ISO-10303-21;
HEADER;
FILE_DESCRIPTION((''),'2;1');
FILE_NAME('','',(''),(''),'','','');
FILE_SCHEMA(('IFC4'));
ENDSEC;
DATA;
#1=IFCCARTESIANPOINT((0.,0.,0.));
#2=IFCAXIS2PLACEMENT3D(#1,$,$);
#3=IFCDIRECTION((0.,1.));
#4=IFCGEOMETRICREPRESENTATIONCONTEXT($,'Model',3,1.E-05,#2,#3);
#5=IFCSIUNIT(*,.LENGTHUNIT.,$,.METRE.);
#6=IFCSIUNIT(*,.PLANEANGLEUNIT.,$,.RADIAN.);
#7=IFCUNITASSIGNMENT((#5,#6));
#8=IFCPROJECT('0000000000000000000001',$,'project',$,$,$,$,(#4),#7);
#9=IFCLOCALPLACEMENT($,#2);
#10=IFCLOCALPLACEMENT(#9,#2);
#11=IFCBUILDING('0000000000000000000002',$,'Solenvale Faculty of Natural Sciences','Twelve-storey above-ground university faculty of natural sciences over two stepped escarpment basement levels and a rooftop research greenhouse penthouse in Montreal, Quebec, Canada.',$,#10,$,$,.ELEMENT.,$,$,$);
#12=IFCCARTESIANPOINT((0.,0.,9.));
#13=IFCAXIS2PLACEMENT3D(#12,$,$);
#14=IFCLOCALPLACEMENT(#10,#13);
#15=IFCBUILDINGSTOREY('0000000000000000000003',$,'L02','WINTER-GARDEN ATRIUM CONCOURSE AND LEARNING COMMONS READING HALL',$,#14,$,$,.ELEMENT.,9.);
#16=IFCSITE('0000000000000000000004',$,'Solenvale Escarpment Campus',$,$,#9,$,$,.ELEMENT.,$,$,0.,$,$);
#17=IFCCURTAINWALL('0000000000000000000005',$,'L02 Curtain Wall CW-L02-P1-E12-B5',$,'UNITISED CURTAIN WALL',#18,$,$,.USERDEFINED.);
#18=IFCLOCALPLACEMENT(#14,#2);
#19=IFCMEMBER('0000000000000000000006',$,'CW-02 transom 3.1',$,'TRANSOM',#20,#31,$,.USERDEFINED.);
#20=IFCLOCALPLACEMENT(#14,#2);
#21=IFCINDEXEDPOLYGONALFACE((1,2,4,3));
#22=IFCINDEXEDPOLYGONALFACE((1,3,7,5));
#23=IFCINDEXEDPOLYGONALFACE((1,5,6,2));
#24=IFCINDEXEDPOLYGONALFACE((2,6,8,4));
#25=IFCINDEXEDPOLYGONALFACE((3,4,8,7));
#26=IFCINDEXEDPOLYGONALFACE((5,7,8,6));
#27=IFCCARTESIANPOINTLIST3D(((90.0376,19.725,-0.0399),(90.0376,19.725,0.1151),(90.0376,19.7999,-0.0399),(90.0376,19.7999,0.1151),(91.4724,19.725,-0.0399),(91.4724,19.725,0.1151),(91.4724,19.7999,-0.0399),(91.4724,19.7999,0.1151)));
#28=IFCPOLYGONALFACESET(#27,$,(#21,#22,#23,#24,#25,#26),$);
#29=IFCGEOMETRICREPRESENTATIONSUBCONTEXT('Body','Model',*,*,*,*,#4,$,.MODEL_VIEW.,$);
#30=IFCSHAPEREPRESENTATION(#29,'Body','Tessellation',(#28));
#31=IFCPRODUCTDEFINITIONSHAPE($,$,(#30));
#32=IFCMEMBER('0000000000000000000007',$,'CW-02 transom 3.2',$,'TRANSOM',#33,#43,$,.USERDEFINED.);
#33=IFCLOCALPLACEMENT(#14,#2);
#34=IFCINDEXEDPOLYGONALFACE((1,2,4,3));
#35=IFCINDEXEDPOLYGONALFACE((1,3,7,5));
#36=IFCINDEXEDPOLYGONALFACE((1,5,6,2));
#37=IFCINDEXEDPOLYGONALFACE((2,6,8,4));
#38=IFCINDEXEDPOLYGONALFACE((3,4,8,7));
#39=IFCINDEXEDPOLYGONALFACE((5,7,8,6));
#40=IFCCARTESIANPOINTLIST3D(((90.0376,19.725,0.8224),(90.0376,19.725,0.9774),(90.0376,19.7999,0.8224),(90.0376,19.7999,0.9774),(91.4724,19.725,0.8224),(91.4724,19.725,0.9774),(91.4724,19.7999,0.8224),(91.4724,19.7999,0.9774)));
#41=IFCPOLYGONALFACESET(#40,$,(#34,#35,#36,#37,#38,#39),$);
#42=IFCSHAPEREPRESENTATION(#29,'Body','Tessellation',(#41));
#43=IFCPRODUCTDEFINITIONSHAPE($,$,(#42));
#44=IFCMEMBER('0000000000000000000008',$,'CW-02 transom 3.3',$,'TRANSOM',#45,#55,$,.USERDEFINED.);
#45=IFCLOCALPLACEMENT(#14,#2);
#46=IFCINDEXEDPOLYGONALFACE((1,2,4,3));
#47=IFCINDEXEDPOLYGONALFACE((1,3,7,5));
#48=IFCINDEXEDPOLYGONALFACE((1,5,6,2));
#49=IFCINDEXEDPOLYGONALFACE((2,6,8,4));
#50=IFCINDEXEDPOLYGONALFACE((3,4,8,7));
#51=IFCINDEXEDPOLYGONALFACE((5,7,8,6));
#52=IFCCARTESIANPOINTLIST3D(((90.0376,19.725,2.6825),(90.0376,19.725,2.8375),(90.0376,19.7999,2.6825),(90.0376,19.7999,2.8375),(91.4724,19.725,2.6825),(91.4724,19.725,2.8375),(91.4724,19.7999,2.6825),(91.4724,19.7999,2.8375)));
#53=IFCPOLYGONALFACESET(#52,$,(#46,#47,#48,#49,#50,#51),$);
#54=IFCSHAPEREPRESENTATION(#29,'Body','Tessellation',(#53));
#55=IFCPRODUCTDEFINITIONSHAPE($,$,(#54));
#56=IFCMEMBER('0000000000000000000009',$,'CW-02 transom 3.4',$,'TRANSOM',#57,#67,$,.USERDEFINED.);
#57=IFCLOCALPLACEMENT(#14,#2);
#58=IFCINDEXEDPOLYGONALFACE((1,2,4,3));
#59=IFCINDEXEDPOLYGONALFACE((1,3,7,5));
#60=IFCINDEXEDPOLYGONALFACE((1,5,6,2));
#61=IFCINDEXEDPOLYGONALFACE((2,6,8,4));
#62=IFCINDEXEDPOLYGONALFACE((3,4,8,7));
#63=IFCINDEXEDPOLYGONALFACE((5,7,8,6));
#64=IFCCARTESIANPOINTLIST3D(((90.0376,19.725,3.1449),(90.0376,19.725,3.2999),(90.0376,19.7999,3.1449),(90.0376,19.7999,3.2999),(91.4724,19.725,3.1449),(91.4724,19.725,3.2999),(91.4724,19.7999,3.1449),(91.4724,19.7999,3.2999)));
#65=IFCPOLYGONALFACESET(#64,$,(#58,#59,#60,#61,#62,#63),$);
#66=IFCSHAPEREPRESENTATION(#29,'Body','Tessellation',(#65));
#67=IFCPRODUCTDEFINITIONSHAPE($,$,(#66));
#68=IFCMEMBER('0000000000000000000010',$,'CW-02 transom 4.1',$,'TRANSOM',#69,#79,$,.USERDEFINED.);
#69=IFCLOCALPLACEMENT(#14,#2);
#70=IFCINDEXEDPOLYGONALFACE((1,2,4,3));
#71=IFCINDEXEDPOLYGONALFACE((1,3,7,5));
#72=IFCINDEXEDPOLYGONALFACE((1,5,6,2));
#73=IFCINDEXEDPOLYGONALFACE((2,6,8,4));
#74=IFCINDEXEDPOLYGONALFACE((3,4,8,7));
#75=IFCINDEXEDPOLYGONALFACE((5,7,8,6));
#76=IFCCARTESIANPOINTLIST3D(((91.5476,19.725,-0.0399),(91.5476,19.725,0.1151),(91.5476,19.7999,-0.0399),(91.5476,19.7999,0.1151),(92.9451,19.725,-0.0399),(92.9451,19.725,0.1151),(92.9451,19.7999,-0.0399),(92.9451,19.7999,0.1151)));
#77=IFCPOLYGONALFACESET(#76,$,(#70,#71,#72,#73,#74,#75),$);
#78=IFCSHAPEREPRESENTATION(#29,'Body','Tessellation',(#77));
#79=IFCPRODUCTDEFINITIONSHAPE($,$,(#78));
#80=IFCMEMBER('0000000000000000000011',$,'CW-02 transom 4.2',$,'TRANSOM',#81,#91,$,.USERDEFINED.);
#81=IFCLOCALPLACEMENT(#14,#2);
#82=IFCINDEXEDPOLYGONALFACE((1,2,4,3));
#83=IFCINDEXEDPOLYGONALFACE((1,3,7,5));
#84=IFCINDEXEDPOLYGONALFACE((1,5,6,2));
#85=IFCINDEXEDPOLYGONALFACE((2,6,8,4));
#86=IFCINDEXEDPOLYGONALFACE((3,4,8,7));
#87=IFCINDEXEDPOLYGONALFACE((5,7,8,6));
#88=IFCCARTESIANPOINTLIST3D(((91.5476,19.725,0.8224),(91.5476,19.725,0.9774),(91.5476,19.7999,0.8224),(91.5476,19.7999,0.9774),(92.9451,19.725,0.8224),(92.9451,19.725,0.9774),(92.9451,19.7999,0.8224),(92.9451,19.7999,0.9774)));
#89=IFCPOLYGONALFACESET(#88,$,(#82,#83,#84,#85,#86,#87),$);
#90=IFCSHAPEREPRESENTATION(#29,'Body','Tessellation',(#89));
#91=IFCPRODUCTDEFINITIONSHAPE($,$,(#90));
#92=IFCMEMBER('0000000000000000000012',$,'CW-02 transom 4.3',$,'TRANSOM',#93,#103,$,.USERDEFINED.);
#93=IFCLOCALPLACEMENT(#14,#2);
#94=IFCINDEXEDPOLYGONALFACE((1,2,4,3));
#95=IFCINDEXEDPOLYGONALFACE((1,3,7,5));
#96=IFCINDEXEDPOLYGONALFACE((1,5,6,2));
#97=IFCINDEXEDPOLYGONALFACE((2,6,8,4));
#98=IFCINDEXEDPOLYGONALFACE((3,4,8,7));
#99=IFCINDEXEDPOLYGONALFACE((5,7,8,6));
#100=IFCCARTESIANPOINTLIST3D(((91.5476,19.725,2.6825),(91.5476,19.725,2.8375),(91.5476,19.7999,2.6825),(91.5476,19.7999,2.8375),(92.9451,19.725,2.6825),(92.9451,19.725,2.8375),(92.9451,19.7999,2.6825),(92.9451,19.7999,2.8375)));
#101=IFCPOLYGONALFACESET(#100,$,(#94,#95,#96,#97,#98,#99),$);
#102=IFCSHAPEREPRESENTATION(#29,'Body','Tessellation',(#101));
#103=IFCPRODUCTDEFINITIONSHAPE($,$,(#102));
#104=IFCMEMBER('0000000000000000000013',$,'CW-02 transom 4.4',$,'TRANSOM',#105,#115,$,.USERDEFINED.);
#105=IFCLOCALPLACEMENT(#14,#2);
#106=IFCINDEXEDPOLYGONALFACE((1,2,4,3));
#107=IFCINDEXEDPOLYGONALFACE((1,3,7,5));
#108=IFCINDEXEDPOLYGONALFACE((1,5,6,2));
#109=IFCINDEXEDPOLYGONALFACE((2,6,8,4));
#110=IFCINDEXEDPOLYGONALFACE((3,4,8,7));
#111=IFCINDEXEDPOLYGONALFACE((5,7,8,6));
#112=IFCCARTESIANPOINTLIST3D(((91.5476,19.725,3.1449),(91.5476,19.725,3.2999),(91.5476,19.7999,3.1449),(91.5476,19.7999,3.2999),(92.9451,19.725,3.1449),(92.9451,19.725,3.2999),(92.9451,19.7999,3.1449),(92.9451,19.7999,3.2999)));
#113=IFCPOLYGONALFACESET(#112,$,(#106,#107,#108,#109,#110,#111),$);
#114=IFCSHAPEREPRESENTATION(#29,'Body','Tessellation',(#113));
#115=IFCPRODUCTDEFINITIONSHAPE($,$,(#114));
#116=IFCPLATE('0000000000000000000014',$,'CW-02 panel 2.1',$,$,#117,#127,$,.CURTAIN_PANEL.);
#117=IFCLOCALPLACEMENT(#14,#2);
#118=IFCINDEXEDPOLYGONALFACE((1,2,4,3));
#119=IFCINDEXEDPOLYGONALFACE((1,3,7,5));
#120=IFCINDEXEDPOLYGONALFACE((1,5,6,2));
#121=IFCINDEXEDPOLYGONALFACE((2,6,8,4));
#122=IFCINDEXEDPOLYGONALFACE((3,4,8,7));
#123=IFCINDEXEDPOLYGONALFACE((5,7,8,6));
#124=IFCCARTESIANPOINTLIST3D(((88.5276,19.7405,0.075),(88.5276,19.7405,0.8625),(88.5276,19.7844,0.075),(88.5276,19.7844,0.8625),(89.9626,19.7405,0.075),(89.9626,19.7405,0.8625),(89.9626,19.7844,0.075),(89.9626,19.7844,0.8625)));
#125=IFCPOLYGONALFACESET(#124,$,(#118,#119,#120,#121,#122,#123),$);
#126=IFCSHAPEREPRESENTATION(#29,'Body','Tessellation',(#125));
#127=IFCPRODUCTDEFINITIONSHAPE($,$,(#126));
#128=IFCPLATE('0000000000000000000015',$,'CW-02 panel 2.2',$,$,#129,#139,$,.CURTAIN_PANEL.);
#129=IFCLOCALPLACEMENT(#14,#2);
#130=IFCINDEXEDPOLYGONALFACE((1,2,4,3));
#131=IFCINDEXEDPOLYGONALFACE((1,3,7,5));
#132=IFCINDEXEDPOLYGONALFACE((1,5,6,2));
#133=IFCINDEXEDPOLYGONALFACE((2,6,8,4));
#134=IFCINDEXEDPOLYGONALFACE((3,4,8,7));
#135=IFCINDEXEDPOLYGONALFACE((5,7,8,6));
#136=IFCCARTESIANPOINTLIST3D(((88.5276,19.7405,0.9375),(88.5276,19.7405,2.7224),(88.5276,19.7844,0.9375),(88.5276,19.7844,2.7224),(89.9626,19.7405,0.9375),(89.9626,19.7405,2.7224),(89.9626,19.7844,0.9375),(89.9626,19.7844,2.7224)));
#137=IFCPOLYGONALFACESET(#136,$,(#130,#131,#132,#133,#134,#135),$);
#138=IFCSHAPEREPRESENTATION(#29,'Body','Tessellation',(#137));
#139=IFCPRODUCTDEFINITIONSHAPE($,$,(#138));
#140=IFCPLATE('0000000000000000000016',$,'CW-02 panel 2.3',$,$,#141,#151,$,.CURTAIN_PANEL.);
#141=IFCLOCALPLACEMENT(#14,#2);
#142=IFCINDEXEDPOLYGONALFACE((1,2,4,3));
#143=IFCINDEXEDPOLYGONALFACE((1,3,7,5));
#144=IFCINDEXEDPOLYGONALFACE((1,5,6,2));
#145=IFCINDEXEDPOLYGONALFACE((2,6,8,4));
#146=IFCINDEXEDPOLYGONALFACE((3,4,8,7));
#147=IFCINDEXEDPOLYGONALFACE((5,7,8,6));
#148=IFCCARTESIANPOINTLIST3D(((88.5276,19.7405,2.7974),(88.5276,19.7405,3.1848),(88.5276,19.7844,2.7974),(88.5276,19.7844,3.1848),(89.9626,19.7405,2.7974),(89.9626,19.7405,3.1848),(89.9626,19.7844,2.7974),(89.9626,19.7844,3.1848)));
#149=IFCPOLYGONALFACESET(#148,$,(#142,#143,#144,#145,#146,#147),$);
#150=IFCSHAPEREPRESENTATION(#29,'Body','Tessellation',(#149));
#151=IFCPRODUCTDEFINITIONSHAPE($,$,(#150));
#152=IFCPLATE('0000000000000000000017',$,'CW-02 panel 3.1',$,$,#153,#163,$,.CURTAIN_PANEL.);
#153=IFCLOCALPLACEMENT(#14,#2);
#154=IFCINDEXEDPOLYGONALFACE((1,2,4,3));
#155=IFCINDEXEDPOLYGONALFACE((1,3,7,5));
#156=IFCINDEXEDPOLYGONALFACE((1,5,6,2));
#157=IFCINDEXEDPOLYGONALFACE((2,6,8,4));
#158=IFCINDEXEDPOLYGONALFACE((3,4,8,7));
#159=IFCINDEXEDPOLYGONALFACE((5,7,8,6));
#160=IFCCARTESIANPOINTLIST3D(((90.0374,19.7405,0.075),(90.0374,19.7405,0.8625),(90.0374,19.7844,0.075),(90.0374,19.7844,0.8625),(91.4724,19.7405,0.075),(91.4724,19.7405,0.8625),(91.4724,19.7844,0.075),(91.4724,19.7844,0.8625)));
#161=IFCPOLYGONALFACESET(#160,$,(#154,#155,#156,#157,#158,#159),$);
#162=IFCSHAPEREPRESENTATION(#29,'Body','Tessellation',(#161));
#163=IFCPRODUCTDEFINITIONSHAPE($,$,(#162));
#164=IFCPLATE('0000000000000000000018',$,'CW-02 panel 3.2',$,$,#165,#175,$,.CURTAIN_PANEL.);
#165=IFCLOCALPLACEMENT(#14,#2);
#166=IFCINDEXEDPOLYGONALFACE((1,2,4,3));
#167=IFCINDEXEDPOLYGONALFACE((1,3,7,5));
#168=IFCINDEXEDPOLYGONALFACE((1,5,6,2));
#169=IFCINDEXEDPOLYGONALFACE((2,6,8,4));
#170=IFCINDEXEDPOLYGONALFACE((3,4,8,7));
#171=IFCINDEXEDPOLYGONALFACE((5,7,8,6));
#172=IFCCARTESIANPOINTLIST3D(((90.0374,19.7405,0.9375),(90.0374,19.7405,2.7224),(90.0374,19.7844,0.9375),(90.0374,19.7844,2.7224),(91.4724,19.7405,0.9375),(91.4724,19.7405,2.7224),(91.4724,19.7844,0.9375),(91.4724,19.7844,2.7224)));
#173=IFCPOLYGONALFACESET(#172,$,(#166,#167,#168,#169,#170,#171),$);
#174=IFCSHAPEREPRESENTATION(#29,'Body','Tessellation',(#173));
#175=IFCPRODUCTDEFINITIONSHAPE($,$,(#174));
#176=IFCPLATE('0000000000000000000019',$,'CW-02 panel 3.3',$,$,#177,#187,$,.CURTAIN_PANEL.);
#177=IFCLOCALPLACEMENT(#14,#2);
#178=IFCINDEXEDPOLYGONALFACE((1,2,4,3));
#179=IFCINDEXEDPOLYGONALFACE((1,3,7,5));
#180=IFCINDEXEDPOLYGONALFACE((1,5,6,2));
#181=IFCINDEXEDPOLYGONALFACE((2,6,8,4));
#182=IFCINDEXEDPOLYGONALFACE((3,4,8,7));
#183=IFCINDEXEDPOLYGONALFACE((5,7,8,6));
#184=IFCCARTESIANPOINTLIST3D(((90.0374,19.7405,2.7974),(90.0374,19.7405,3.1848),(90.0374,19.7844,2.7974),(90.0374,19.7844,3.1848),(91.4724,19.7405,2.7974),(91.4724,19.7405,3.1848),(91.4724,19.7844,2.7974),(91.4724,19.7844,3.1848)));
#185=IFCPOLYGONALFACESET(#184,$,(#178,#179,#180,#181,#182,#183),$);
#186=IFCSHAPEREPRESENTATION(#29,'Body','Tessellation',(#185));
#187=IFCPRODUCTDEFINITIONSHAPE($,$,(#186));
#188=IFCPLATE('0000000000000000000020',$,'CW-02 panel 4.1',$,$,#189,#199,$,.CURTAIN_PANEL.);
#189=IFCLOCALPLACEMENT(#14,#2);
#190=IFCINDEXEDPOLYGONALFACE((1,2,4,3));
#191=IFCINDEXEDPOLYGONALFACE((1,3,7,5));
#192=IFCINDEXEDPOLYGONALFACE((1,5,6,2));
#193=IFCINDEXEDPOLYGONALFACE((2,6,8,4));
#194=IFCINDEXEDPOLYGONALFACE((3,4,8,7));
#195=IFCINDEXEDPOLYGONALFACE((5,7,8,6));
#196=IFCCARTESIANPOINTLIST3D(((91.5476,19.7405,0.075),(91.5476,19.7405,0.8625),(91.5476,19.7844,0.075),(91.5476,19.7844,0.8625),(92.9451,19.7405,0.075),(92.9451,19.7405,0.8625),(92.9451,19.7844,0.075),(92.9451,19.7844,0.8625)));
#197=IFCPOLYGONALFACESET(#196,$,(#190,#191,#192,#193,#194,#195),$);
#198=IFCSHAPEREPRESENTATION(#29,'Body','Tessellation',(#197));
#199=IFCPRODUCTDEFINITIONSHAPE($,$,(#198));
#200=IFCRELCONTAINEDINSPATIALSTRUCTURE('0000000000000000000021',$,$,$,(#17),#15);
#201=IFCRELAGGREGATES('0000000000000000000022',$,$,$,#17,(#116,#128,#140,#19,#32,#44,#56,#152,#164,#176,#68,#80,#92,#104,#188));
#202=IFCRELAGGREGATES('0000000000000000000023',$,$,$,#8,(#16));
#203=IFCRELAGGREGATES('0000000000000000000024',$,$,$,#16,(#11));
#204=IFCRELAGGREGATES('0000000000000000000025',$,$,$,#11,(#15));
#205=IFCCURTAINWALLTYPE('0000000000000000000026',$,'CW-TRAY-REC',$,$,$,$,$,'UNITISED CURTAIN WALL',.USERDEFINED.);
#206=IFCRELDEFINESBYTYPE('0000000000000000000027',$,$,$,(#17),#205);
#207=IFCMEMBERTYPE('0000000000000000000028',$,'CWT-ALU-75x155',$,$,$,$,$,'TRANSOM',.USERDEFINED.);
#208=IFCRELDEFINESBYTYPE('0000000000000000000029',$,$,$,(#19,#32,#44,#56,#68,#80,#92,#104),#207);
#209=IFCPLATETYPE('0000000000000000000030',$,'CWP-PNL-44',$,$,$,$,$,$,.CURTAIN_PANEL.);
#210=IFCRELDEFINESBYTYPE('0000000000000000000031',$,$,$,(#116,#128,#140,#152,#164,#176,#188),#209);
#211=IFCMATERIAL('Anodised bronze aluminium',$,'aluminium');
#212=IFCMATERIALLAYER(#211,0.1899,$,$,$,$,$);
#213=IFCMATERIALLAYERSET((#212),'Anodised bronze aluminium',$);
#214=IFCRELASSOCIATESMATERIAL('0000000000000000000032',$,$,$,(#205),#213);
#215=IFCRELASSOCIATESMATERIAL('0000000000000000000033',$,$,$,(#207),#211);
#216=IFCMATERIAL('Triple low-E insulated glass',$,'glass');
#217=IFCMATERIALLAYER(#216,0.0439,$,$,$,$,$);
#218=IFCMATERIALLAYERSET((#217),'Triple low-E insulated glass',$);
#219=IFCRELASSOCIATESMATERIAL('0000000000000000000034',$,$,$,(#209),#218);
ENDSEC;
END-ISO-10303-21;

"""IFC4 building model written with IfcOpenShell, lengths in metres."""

from ifc_helpers import new_model, si_unit, direction, frame, origin, origin_2d, place, context, subcontext, project, spatial, rectangle, extrude, material, layer, layer_set, material_profile, profile_set, type_object, element, aggregate, save


model = new_model("IFC4")

# Units and contexts
model_context = context("Model", 3, precision=1e-05, world=origin(), true_north=direction((0.0, 1.0)))
body_context = subcontext(model_context, "Body", "Model", "MODEL_VIEW")
ifc_project = project(units=[si_unit("LENGTHUNIT", "METRE"), si_unit("PLANEANGLEUNIT", "RADIAN")], contexts=[model_context])

# Site, building, storey
site_placement = place(None, origin())
site = spatial("IfcSite", under=ifc_project, at=site_placement, Name="Solenvale Escarpment Campus", CompositionType="ELEMENT", RefElevation=0.0)
building_placement = place(site_placement, origin())
building = spatial("IfcBuilding", under=site, at=building_placement, Name="Solenvale Faculty of Natural Sciences", Description="Twelve-storey above-ground university faculty of natural sciences over two stepped escarpment basement levels and a rooftop research greenhouse penthouse in Montreal, Quebec, Canada.", CompositionType="ELEMENT")
storey_placement = place(building_placement, frame((0.0, 0.0, 9.0)))
storey = spatial("IfcBuildingStorey", under=building, at=storey_placement, Name="L02", Description="WINTER-GARDEN ATRIUM CONCOURSE AND LEARNING COMMONS READING HALL", CompositionType="ELEMENT", Elevation=9.0)

# Curtain wall
ifc_material_1 = material(Name="Anodised bronze aluminium", Category="aluminium")
ifc_layer_1 = layer(ifc_material_1, 0.1899)
ifc_layer_set_1 = layer_set([ifc_layer_1], Name="Anodised bronze aluminium")
curtain_wall_type = type_object("IfcCurtainWallType", Name="CW-TRAY-REC", ElementType="UNITISED CURTAIN WALL", PredefinedType="USERDEFINED", material=ifc_layer_set_1)
curtain_wall_1_placement = place(storey_placement, origin())
curtain_wall_1 = element("IfcCurtainWall", 1, at=curtain_wall_1_placement, inside=storey, type_object=curtain_wall_type, Name="L02 Curtain Wall CW-L02-P1-E12-B5", ObjectType="UNITISED CURTAIN WALL", PredefinedType="USERDEFINED")

# Members
ifc_material_profile_1 = material_profile(ifc_material_1, rectangle(XDim=0.075, YDim=0.155, at=origin_2d()), Name="ALU-TRN-75x155")
ifc_profile_set_1 = profile_set([ifc_material_profile_1], Name="Anodised bronze aluminium")
member_type_1 = type_object("IfcMemberType", Name="CWT-ALU-75x155", ElementType="TRANSOM", PredefinedType="USERDEFINED", material=ifc_profile_set_1)
member_1_placement = place(storey_placement, frame((90.0376, 19.7625, 0.0376), z_axis=(1.0, 0.0, 0.0), x_axis=(0.0, 1.0, 0.0)))
member_1 = element("IfcMember", 2, at=member_1_placement, type_object=member_type_1, Name="CW-02 transom 3.1", ObjectType="TRANSOM", PredefinedType="USERDEFINED", context=body_context, shape_type="SweptSolid", body=[
    extrude(rectangle(XDim=0.075, YDim=0.155, at=origin_2d()), origin(), (0.0, 0.0, 1.0), 1.4348),
])
member_2_placement = place(storey_placement, frame((90.0376, 19.7625, 0.8999), z_axis=(1.0, 0.0, 0.0), x_axis=(0.0, 1.0, 0.0)))
member_2 = element("IfcMember", 3, at=member_2_placement, type_object=member_type_1, Name="CW-02 transom 3.2", ObjectType="TRANSOM", PredefinedType="USERDEFINED", context=body_context, shape_type="SweptSolid", body=[
    extrude(rectangle(XDim=0.075, YDim=0.155, at=origin_2d()), origin(), (0.0, 0.0, 1.0), 1.4348),
])
member_3_placement = place(storey_placement, frame((90.0376, 19.7625, 2.76), z_axis=(1.0, 0.0, 0.0), x_axis=(0.0, 1.0, 0.0)))
member_3 = element("IfcMember", 4, at=member_3_placement, type_object=member_type_1, Name="CW-02 transom 3.3", ObjectType="TRANSOM", PredefinedType="USERDEFINED", context=body_context, shape_type="SweptSolid", body=[
    extrude(rectangle(XDim=0.075, YDim=0.155, at=origin_2d()), origin(), (0.0, 0.0, 1.0), 1.4348),
])
member_4_placement = place(storey_placement, frame((90.0376, 19.7625, 3.2224), z_axis=(1.0, 0.0, 0.0), x_axis=(0.0, 1.0, 0.0)))
member_4 = element("IfcMember", 5, at=member_4_placement, type_object=member_type_1, Name="CW-02 transom 3.4", ObjectType="TRANSOM", PredefinedType="USERDEFINED", context=body_context, shape_type="SweptSolid", body=[
    extrude(rectangle(XDim=0.075, YDim=0.155, at=origin_2d()), origin(), (0.0, 0.0, 1.0), 1.4348),
])
member_5_placement = place(storey_placement, frame((91.5476, 19.7625, 0.0376), z_axis=(1.0, 0.0, 0.0), x_axis=(0.0, 1.0, 0.0)))
member_5 = element("IfcMember", 6, at=member_5_placement, type_object=member_type_1, Name="CW-02 transom 4.1", ObjectType="TRANSOM", PredefinedType="USERDEFINED", context=body_context, shape_type="SweptSolid", body=[
    extrude(rectangle(XDim=0.075, YDim=0.155, at=origin_2d()), origin(), (0.0, 0.0, 1.0), 1.3975),
])
member_6_placement = place(storey_placement, frame((91.5476, 19.7625, 0.8999), z_axis=(1.0, 0.0, 0.0), x_axis=(0.0, 1.0, 0.0)))
member_6 = element("IfcMember", 7, at=member_6_placement, type_object=member_type_1, Name="CW-02 transom 4.2", ObjectType="TRANSOM", PredefinedType="USERDEFINED", context=body_context, shape_type="SweptSolid", body=[
    extrude(rectangle(XDim=0.075, YDim=0.155, at=origin_2d()), origin(), (0.0, 0.0, 1.0), 1.3975),
])
member_7_placement = place(storey_placement, frame((91.5476, 19.7625, 2.76), z_axis=(1.0, 0.0, 0.0), x_axis=(0.0, 1.0, 0.0)))
member_7 = element("IfcMember", 8, at=member_7_placement, type_object=member_type_1, Name="CW-02 transom 4.3", ObjectType="TRANSOM", PredefinedType="USERDEFINED", context=body_context, shape_type="SweptSolid", body=[
    extrude(rectangle(XDim=0.075, YDim=0.155, at=origin_2d()), origin(), (0.0, 0.0, 1.0), 1.3975),
])
member_8_placement = place(storey_placement, frame((91.5476, 19.7625, 3.2224), z_axis=(1.0, 0.0, 0.0), x_axis=(0.0, 1.0, 0.0)))
member_8 = element("IfcMember", 9, at=member_8_placement, type_object=member_type_1, Name="CW-02 transom 4.4", ObjectType="TRANSOM", PredefinedType="USERDEFINED", context=body_context, shape_type="SweptSolid", body=[
    extrude(rectangle(XDim=0.075, YDim=0.155, at=origin_2d()), origin(), (0.0, 0.0, 1.0), 1.3975),
])

# Plates
ifc_material_2 = material(Name="Triple low-E insulated glass", Category="glass")
ifc_layer_2 = layer(ifc_material_2, 0.0439)
ifc_layer_set_2 = layer_set([ifc_layer_2], Name="Triple low-E insulated glass")
plate_type = type_object("IfcPlateType", Name="CWP-PNL-44", PredefinedType="CURTAIN_PANEL", material=ifc_layer_set_2)
plate_1_placement = place(storey_placement, frame((89.2451, 19.7625, 0.075), z_axis=(0.0, 0.0, 1.0), x_axis=(1.0, 0.0, 0.0)))
plate_1 = element("IfcPlate", 10, at=plate_1_placement, type_object=plate_type, Name="CW-02 panel 2.1", PredefinedType="CURTAIN_PANEL", context=body_context, shape_type="SweptSolid", body=[
    extrude(rectangle(XDim=1.4351, YDim=0.0439, at=origin_2d()), origin(), (0.0, 0.0, 1.0), 0.7876),
])
plate_2_placement = place(storey_placement, frame((89.2451, 19.7625, 0.9375), z_axis=(0.0, 0.0, 1.0), x_axis=(1.0, 0.0, 0.0)))
plate_2 = element("IfcPlate", 11, at=plate_2_placement, type_object=plate_type, Name="CW-02 panel 2.2", PredefinedType="CURTAIN_PANEL", context=body_context, shape_type="SweptSolid", body=[
    extrude(rectangle(XDim=1.4351, YDim=0.0439, at=origin_2d()), origin(), (0.0, 0.0, 1.0), 1.7849),
])
plate_3_placement = place(storey_placement, frame((89.2451, 19.7625, 2.7974), z_axis=(0.0, 0.0, 1.0), x_axis=(1.0, 0.0, 0.0)))
plate_3 = element("IfcPlate", 12, at=plate_3_placement, type_object=plate_type, Name="CW-02 panel 2.3", PredefinedType="CURTAIN_PANEL", context=body_context, shape_type="SweptSolid", body=[
    extrude(rectangle(XDim=1.4351, YDim=0.0439, at=origin_2d()), origin(), (0.0, 0.0, 1.0), 0.3875),
])
plate_4_placement = place(storey_placement, frame((90.7549, 19.7625, 0.075), z_axis=(0.0, 0.0, 1.0), x_axis=(1.0, 0.0, 0.0)))
plate_4 = element("IfcPlate", 13, at=plate_4_placement, type_object=plate_type, Name="CW-02 panel 3.1", PredefinedType="CURTAIN_PANEL", context=body_context, shape_type="SweptSolid", body=[
    extrude(rectangle(XDim=1.4351, YDim=0.0439, at=origin_2d()), origin(), (0.0, 0.0, 1.0), 0.7876),
])
plate_5_placement = place(storey_placement, frame((90.7549, 19.7625, 0.9375), z_axis=(0.0, 0.0, 1.0), x_axis=(1.0, 0.0, 0.0)))
plate_5 = element("IfcPlate", 14, at=plate_5_placement, type_object=plate_type, Name="CW-02 panel 3.2", PredefinedType="CURTAIN_PANEL", context=body_context, shape_type="SweptSolid", body=[
    extrude(rectangle(XDim=1.4351, YDim=0.0439, at=origin_2d()), origin(), (0.0, 0.0, 1.0), 1.7849),
])
plate_6_placement = place(storey_placement, frame((90.7549, 19.7625, 2.7974), z_axis=(0.0, 0.0, 1.0), x_axis=(1.0, 0.0, 0.0)))
plate_6 = element("IfcPlate", 15, at=plate_6_placement, type_object=plate_type, Name="CW-02 panel 3.3", PredefinedType="CURTAIN_PANEL", context=body_context, shape_type="SweptSolid", body=[
    extrude(rectangle(XDim=1.4351, YDim=0.0439, at=origin_2d()), origin(), (0.0, 0.0, 1.0), 0.3875),
])
plate_7_placement = place(storey_placement, frame((92.2463, 19.7625, 0.075), z_axis=(0.0, 0.0, 1.0), x_axis=(1.0, 0.0, 0.0)))
plate_7 = element("IfcPlate", 16, at=plate_7_placement, type_object=plate_type, Name="CW-02 panel 4.1", PredefinedType="CURTAIN_PANEL", context=body_context, shape_type="SweptSolid", body=[
    extrude(rectangle(XDim=1.3975, YDim=0.0439, at=origin_2d()), origin(), (0.0, 0.0, 1.0), 0.7876),
])
aggregate(curtain_wall_1, [plate_1, plate_2, plate_3, member_1, member_2, member_3, member_4, plate_4, plate_5, plate_6, member_5, member_6, member_7, member_8, plate_7])

save(model, "model.ifc")
